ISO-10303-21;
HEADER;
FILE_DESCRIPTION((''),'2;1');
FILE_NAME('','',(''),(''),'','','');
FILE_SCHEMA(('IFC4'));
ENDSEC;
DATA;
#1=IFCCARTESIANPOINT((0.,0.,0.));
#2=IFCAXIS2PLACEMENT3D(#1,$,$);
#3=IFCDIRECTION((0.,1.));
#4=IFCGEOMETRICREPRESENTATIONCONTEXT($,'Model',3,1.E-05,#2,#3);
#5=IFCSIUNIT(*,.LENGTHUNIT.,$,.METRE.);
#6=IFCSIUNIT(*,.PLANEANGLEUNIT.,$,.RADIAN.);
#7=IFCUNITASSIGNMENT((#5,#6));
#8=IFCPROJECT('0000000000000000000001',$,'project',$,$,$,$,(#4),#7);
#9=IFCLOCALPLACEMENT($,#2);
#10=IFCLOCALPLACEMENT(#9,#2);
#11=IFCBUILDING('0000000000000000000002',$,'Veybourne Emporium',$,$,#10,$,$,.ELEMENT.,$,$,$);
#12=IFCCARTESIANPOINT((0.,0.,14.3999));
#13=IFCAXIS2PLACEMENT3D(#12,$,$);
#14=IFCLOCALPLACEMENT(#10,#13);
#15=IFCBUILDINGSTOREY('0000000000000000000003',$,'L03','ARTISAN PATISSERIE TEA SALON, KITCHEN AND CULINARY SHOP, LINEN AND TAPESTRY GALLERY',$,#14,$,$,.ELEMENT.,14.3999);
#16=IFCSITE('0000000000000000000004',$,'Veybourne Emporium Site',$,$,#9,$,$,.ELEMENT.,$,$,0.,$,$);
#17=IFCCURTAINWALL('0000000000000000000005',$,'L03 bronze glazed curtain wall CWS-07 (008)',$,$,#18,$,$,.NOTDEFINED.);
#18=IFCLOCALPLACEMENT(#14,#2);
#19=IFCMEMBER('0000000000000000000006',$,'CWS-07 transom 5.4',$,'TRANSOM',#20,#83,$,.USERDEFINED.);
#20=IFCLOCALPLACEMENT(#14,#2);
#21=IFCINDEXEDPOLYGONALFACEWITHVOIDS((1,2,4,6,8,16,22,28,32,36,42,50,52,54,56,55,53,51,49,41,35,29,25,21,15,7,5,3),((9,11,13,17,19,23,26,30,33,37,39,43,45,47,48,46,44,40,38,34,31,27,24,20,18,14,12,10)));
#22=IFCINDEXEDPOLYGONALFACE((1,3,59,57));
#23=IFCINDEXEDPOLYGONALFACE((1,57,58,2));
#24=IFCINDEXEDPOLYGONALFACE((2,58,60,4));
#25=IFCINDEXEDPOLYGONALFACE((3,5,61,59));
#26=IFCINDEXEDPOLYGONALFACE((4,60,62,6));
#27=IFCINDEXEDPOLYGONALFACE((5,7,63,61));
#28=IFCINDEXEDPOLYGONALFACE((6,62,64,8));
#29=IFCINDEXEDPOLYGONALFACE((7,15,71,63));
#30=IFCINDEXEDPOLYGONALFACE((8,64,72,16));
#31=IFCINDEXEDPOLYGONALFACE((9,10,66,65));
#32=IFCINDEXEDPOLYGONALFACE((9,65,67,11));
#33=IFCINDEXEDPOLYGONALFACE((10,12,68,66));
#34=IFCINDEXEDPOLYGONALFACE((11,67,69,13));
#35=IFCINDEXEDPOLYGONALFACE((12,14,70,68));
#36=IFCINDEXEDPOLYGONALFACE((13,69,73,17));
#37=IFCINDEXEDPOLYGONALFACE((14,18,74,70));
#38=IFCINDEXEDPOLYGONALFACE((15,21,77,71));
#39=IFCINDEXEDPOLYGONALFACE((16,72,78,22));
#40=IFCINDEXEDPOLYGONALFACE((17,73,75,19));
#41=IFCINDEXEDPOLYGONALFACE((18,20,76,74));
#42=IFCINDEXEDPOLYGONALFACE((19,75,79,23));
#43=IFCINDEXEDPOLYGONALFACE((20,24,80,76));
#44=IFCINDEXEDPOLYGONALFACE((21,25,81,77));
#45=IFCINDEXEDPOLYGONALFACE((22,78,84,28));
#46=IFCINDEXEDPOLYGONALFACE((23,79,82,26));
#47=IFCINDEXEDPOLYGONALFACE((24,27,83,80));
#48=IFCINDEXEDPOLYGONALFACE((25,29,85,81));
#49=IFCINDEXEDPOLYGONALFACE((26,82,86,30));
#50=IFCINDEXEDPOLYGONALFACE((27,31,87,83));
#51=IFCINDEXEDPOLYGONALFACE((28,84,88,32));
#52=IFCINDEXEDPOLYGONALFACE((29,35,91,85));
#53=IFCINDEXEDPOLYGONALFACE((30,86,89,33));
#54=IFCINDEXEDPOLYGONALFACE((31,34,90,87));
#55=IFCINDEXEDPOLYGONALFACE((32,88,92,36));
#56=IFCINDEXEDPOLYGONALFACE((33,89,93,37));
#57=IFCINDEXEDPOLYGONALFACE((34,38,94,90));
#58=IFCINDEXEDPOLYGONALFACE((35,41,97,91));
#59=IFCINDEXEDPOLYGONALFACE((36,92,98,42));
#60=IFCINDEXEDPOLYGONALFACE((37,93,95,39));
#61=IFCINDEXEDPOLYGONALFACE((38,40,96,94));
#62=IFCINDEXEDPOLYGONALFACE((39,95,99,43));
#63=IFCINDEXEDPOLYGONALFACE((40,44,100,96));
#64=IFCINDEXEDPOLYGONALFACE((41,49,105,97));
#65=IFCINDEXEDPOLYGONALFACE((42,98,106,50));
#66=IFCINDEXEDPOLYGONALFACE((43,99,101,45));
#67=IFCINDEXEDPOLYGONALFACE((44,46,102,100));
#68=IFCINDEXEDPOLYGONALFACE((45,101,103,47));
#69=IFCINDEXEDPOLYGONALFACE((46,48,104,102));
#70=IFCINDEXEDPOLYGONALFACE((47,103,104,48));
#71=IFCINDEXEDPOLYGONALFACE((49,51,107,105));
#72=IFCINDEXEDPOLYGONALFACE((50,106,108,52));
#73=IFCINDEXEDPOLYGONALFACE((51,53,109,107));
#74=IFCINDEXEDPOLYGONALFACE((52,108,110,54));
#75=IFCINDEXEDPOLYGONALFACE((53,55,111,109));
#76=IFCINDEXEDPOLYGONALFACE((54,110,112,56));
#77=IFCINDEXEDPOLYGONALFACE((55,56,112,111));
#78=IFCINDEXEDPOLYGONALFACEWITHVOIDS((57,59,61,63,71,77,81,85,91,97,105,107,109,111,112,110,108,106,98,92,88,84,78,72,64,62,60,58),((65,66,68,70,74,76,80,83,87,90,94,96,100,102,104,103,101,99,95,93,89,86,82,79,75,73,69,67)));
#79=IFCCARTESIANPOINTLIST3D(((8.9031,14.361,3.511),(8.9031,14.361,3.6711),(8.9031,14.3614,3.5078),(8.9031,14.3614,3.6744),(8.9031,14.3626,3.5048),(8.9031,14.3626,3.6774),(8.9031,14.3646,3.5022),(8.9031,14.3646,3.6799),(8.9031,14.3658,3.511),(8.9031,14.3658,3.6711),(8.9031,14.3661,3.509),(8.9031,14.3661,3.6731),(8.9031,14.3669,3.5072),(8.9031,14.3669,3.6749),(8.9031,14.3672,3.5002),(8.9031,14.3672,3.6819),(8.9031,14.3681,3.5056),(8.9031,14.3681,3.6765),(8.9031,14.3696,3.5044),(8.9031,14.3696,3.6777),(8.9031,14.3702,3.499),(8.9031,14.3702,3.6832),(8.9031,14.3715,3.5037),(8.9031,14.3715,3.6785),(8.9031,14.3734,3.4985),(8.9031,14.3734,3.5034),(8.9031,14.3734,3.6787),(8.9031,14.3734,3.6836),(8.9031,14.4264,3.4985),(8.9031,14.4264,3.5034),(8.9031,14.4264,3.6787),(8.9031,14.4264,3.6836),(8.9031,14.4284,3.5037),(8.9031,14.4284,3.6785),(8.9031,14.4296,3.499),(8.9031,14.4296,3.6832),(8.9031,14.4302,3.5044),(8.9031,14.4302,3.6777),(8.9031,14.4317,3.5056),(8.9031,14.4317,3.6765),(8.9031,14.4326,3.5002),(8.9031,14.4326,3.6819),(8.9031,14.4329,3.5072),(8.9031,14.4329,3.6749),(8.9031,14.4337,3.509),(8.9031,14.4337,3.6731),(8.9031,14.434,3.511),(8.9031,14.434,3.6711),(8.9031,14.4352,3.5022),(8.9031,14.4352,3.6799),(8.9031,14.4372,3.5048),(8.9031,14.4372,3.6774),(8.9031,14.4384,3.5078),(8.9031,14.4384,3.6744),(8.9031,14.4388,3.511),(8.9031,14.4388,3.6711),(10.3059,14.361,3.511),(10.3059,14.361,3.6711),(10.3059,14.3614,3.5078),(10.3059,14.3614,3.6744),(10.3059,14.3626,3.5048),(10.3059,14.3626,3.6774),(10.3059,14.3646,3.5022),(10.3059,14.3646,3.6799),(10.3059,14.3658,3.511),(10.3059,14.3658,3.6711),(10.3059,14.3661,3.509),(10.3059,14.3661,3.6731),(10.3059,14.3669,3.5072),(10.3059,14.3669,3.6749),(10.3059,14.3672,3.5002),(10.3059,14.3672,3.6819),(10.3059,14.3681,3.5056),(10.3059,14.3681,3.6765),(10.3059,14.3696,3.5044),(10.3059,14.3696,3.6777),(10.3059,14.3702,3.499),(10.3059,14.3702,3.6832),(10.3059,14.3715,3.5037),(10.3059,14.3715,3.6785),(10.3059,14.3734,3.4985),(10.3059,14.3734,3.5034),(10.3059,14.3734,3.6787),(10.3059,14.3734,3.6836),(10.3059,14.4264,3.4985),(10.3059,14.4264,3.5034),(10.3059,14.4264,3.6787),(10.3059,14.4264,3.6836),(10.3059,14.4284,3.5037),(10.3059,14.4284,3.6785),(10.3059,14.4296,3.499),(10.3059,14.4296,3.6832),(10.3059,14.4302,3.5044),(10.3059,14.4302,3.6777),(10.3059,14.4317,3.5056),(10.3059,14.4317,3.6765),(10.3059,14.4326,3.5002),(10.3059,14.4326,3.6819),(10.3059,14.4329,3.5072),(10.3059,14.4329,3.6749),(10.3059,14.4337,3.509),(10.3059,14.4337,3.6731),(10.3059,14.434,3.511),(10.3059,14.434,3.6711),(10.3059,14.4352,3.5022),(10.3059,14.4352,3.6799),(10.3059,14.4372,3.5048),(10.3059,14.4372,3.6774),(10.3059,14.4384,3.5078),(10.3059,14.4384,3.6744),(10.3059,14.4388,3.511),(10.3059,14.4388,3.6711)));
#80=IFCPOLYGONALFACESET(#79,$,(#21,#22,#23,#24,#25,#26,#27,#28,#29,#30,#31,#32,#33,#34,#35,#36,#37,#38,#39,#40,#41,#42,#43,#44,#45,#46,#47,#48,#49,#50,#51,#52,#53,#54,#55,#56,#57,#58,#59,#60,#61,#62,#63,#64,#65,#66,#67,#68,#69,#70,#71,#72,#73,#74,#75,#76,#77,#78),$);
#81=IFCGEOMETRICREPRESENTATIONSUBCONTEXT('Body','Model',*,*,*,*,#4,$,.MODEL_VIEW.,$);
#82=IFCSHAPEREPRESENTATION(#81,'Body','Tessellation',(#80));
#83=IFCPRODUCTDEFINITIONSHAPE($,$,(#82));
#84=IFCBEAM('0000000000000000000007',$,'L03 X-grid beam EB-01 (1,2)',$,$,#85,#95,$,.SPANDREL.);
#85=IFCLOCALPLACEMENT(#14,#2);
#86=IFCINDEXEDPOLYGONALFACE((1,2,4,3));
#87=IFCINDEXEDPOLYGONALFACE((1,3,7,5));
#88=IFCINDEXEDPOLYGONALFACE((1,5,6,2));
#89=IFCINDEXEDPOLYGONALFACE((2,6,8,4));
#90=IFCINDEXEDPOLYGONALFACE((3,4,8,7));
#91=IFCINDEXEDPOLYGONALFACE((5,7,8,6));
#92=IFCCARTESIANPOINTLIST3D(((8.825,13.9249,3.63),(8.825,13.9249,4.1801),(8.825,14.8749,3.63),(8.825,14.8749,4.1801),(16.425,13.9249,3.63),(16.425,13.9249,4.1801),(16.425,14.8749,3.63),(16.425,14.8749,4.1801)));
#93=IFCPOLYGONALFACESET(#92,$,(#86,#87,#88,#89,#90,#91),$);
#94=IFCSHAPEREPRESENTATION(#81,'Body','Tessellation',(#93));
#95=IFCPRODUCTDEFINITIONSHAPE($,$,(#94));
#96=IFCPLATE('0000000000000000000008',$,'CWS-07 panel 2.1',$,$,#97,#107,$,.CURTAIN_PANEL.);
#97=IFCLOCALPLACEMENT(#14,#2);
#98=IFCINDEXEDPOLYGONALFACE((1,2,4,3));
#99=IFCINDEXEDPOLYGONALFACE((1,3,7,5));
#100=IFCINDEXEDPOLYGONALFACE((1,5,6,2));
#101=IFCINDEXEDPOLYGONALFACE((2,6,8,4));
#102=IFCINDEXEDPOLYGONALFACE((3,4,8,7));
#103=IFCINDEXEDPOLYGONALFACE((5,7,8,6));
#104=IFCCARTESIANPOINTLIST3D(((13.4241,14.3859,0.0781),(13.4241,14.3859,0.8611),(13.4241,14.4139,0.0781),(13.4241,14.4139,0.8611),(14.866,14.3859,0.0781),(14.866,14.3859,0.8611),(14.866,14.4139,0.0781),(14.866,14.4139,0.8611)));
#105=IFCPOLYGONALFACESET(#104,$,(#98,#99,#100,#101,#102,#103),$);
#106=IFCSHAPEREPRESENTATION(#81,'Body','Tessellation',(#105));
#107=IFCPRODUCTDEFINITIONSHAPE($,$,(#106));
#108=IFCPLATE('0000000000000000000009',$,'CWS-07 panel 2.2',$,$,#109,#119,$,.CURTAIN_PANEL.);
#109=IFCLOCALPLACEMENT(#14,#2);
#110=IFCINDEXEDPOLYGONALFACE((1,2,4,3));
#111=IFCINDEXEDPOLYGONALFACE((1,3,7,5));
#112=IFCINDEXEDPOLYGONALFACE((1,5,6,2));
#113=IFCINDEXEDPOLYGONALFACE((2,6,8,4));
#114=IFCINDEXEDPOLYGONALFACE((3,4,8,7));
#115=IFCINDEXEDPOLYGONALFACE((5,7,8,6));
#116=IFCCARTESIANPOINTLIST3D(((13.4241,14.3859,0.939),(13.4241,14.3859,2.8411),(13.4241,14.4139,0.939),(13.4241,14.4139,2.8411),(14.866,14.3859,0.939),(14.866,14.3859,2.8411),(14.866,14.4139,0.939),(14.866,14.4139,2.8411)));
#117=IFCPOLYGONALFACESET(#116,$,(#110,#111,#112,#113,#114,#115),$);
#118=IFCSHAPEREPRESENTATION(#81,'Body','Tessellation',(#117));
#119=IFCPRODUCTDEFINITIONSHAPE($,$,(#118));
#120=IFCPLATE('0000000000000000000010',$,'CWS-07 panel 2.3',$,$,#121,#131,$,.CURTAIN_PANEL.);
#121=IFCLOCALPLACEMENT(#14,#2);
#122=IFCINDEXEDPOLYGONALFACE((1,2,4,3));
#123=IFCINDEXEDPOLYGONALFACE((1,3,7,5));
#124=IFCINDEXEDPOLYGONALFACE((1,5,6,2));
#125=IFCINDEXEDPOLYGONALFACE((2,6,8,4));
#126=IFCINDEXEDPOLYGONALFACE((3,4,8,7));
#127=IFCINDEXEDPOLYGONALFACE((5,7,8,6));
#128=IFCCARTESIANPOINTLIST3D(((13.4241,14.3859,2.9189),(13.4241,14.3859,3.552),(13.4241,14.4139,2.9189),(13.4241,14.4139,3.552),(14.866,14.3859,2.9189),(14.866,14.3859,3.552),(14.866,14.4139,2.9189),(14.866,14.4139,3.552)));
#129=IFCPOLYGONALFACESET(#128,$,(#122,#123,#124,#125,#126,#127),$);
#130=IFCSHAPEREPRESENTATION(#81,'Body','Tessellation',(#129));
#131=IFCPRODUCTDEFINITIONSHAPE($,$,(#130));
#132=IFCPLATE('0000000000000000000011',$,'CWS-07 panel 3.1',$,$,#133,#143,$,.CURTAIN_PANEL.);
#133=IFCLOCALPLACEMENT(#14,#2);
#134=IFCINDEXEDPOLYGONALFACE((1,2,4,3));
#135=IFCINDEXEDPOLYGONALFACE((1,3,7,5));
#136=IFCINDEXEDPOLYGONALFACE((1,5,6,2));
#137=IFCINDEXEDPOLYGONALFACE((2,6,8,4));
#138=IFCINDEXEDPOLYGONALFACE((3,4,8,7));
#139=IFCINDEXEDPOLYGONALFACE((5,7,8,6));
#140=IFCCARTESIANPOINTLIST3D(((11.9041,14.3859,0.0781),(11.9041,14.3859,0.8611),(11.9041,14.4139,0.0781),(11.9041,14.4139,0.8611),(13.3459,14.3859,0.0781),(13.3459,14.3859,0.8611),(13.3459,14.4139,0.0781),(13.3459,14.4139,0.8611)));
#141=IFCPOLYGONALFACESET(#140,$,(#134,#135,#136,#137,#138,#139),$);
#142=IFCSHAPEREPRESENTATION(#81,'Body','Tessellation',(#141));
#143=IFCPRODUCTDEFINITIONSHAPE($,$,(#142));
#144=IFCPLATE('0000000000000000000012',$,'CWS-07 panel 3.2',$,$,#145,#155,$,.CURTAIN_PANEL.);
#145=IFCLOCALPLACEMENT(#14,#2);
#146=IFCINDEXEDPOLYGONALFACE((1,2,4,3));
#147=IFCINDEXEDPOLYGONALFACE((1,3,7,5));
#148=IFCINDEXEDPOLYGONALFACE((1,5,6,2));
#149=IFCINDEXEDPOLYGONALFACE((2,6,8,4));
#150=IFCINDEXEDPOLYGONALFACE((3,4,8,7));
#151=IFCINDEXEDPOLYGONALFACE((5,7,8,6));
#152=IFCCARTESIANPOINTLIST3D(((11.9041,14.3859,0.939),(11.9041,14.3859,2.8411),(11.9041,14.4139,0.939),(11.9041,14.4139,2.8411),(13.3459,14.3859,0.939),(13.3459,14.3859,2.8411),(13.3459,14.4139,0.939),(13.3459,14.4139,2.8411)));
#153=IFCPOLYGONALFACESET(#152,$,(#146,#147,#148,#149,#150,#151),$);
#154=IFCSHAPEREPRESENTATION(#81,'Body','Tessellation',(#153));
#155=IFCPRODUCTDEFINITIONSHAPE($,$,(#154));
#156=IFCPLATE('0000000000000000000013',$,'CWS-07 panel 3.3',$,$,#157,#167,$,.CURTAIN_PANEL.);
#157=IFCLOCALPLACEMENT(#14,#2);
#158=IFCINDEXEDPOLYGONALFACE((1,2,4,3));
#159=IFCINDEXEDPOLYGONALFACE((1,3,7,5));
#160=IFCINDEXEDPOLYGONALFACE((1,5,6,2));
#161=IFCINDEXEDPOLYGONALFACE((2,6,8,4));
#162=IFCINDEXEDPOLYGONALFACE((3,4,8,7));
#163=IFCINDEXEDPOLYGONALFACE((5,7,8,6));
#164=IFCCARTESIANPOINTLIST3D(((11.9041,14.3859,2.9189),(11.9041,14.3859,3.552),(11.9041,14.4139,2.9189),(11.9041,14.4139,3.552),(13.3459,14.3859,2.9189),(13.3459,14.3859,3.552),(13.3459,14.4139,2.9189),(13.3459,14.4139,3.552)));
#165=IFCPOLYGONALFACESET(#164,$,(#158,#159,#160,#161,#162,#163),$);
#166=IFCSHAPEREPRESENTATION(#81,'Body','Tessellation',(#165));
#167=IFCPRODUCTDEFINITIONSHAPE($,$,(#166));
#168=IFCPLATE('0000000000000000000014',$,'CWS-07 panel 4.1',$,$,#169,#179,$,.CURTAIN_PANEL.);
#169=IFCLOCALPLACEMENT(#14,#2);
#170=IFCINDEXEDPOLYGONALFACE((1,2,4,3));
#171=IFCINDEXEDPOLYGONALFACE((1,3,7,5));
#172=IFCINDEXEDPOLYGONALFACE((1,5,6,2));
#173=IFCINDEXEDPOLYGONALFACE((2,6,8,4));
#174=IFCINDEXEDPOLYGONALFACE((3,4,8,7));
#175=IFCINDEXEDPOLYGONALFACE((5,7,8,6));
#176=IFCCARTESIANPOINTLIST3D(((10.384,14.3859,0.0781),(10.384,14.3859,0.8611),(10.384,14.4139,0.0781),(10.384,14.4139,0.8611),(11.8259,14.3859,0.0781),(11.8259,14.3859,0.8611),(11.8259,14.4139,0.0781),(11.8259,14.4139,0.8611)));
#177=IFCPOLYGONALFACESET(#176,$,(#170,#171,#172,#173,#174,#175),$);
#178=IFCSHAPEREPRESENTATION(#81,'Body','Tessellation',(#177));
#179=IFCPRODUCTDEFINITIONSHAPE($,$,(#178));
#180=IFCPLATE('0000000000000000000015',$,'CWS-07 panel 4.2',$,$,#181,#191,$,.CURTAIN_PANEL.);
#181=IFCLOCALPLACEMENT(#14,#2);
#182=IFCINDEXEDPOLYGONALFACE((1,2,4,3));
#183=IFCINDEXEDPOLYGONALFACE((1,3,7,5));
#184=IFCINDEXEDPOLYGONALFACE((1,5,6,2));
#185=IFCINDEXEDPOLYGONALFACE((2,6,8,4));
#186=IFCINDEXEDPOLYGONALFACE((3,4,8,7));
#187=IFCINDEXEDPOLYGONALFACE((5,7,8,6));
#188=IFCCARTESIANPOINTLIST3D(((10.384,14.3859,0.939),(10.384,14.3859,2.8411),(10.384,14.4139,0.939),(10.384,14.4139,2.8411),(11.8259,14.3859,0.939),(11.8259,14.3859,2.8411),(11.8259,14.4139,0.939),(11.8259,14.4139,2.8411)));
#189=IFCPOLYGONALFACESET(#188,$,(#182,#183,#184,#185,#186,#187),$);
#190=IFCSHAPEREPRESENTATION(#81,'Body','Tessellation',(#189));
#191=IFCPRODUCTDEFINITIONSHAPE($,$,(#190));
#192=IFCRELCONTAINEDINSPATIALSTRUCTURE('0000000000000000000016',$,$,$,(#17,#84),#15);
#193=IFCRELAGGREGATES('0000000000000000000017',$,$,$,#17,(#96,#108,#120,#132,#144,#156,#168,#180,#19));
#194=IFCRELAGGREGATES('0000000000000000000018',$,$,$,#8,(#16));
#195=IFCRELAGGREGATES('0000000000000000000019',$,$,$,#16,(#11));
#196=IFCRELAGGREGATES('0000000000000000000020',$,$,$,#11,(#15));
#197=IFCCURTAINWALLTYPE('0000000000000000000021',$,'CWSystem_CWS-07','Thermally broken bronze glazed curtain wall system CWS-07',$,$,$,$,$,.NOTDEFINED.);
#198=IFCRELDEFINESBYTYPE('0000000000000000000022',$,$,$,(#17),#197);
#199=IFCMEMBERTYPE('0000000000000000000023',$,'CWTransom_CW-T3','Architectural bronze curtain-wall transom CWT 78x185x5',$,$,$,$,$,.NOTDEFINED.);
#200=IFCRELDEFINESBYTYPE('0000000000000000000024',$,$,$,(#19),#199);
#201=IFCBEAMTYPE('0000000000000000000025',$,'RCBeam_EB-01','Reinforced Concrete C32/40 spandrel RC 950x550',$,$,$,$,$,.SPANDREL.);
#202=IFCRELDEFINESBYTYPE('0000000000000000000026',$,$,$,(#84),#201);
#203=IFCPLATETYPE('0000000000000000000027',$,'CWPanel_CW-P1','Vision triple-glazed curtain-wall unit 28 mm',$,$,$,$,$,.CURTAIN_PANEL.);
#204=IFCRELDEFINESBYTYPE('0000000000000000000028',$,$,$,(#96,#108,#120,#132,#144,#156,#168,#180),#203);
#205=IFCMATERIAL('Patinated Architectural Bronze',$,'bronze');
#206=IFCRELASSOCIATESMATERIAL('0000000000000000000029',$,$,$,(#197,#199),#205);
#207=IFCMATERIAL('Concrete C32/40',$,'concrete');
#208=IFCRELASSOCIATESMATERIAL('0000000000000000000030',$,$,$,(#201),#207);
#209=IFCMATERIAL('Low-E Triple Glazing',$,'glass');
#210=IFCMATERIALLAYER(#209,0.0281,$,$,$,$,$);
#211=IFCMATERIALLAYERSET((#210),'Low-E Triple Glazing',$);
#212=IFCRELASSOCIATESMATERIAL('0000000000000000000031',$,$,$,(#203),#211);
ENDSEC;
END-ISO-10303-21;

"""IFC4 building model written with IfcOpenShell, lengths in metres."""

from ifc_helpers import new_model, si_unit, direction, frame, origin, origin_2d, place, context, subcontext, project, spatial, rectangle, hollow_rectangle, extrude, material, layer, layer_set, material_profile, profile_set, type_object, element, aggregate, save


model = new_model("IFC4")

# Units and contexts
model_context = context("Model", 3, precision=1e-05, world=origin(), true_north=direction((0.0, 1.0)))
body_context = subcontext(model_context, "Body", "Model", "MODEL_VIEW")
ifc_project = project(units=[si_unit("LENGTHUNIT", "METRE"), si_unit("PLANEANGLEUNIT", "RADIAN")], contexts=[model_context])

# Site, building, storey
site_placement = place(None, origin())
site = spatial("IfcSite", under=ifc_project, at=site_placement, Name="Veybourne Emporium Site", CompositionType="ELEMENT", RefElevation=0.0)
building_placement = place(site_placement, origin())
building = spatial("IfcBuilding", under=site, at=building_placement, Name="Veybourne Emporium", CompositionType="ELEMENT")
storey_placement = place(building_placement, frame((0.0, 0.0, 14.3999)))
storey = spatial("IfcBuildingStorey", under=building, at=storey_placement, Name="L03", Description="ARTISAN PATISSERIE TEA SALON, KITCHEN AND CULINARY SHOP, LINEN AND TAPESTRY GALLERY", CompositionType="ELEMENT", Elevation=14.3999)

# Shared definitions
ifc_material_1 = material(Name="Patinated Architectural Bronze", Category="bronze")

# Curtain wall, member
curtain_wall_type_1 = type_object("IfcCurtainWallType", Name="CWSystem_CWS-07", Description="Thermally broken bronze glazed curtain wall system CWS-07", PredefinedType="NOTDEFINED", material=ifc_material_1)
curtain_wall_1_placement = place(storey_placement, origin())
curtain_wall_1 = element("IfcCurtainWall", 1, at=curtain_wall_1_placement, inside=storey, type_object=curtain_wall_type_1, Name="L03 bronze glazed curtain wall CWS-07 (008)", PredefinedType="NOTDEFINED")
ifc_material_profile_1 = material_profile(ifc_material_1, hollow_rectangle(XDim=0.0779, YDim=0.1851, WallThickness=0.0049, InnerFilletRadius=0.0076, OuterFilletRadius=0.0125, at=origin_2d()), Name="CWT 78x185x5")
ifc_profile_set_1 = profile_set([ifc_material_profile_1], Name="Patinated Architectural Bronze")
member_type_1 = type_object("IfcMemberType", Name="CWTransom_CW-T3", Description="Architectural bronze curtain-wall transom CWT 78x185x5", PredefinedType="NOTDEFINED", material=ifc_profile_set_1)
member_1_placement = place(storey_placement, frame((10.3059, 14.3999, 3.5911), z_axis=(-1.0, 0.0, 0.0), x_axis=(0.0, -1.0, 0.0)))
member_1 = element("IfcMember", 2, at=member_1_placement, type_object=member_type_1, Name="CWS-07 transom 5.4", ObjectType="TRANSOM", PredefinedType="USERDEFINED", context=body_context, shape_type="SweptSolid", body=[
    extrude(hollow_rectangle(XDim=0.0779, YDim=0.1851, WallThickness=0.0049, InnerFilletRadius=0.0076, OuterFilletRadius=0.0125, at=origin_2d()), origin(), (0.0, 0.0, 1.0), 1.4028),
])

# Beam
ifc_material_2 = material(Name="Concrete C32/40", Category="concrete")
ifc_material_profile_2 = material_profile(ifc_material_2, rectangle(XDim=0.95, YDim=0.55, at=origin_2d()), Name="RC 950x550")
ifc_profile_set_2 = profile_set([ifc_material_profile_2], Name="Concrete C32/40")
beam_type = type_object("IfcBeamType", Name="RCBeam_EB-01", Description="Reinforced Concrete C32/40 spandrel RC 950x550", PredefinedType="SPANDREL", material=ifc_profile_set_2)
beam_placement = place(storey_placement, frame((8.825, 14.3999, 3.905), z_axis=(1.0, 0.0, 0.0), x_axis=(0.0, 1.0, 0.0)))
element("IfcBeam", 3, at=beam_placement, inside=storey, type_object=beam_type, Name="L03 X-grid beam EB-01 (1,2)", PredefinedType="SPANDREL", context=body_context, shape_type="SweptSolid", body=[
    extrude(rectangle(XDim=0.95, YDim=0.55, at=origin_2d()), origin(), (0.0, 0.0, 1.0), 7.6001),
])

# Plates
ifc_material_3 = material(Name="Low-E Triple Glazing", Category="glass")
ifc_layer = layer(ifc_material_3, 0.0281)
ifc_layer_set = layer_set([ifc_layer], Name="Low-E Triple Glazing")
plate_type = type_object("IfcPlateType", Name="CWPanel_CW-P1", Description="Vision triple-glazed curtain-wall unit 28 mm", PredefinedType="CURTAIN_PANEL", material=ifc_layer_set)
plate_1_placement = place(storey_placement, frame((14.145, 14.3999, 0.0781), z_axis=(0.0, 0.0, 1.0), x_axis=(-1.0, 0.0, 0.0)))
plate_1 = element("IfcPlate", 4, at=plate_1_placement, type_object=plate_type, Name="CWS-07 panel 2.1", PredefinedType="CURTAIN_PANEL", context=body_context, shape_type="SweptSolid", body=[
    extrude(rectangle(XDim=1.4419, YDim=0.0281, at=origin_2d()), origin(), (0.0, 0.0, 1.0), 0.783),
])
plate_2_placement = place(storey_placement, frame((14.145, 14.3999, 0.939), z_axis=(0.0, 0.0, 1.0), x_axis=(-1.0, 0.0, 0.0)))
plate_2 = element("IfcPlate", 5, at=plate_2_placement, type_object=plate_type, Name="CWS-07 panel 2.2", PredefinedType="CURTAIN_PANEL", context=body_context, shape_type="SweptSolid", body=[
    extrude(rectangle(XDim=1.4419, YDim=0.0281, at=origin_2d()), origin(), (0.0, 0.0, 1.0), 1.9021),
])
plate_3_placement = place(storey_placement, frame((14.145, 14.3999, 2.9189), z_axis=(0.0, 0.0, 1.0), x_axis=(-1.0, 0.0, 0.0)))
plate_3 = element("IfcPlate", 6, at=plate_3_placement, type_object=plate_type, Name="CWS-07 panel 2.3", PredefinedType="CURTAIN_PANEL", context=body_context, shape_type="SweptSolid", body=[
    extrude(rectangle(XDim=1.4419, YDim=0.0281, at=origin_2d()), origin(), (0.0, 0.0, 1.0), 0.6331),
])
plate_4_placement = place(storey_placement, frame((12.625, 14.3999, 0.0781), z_axis=(0.0, 0.0, 1.0), x_axis=(-1.0, 0.0, 0.0)))
plate_4 = element("IfcPlate", 7, at=plate_4_placement, type_object=plate_type, Name="CWS-07 panel 3.1", PredefinedType="CURTAIN_PANEL", context=body_context, shape_type="SweptSolid", body=[
    extrude(rectangle(XDim=1.4419, YDim=0.0281, at=origin_2d()), origin(), (0.0, 0.0, 1.0), 0.783),
])
plate_5_placement = place(storey_placement, frame((12.625, 14.3999, 0.939), z_axis=(0.0, 0.0, 1.0), x_axis=(-1.0, 0.0, 0.0)))
plate_5 = element("IfcPlate", 8, at=plate_5_placement, type_object=plate_type, Name="CWS-07 panel 3.2", PredefinedType="CURTAIN_PANEL", context=body_context, shape_type="SweptSolid", body=[
    extrude(rectangle(XDim=1.4419, YDim=0.0281, at=origin_2d()), origin(), (0.0, 0.0, 1.0), 1.9021),
])
plate_6_placement = place(storey_placement, frame((12.625, 14.3999, 2.9189), z_axis=(0.0, 0.0, 1.0), x_axis=(-1.0, 0.0, 0.0)))
plate_6 = element("IfcPlate", 9, at=plate_6_placement, type_object=plate_type, Name="CWS-07 panel 3.3", PredefinedType="CURTAIN_PANEL", context=body_context, shape_type="SweptSolid", body=[
    extrude(rectangle(XDim=1.4419, YDim=0.0281, at=origin_2d()), origin(), (0.0, 0.0, 1.0), 0.6331),
])
plate_7_placement = place(storey_placement, frame((11.105, 14.3999, 0.0781), z_axis=(0.0, 0.0, 1.0), x_axis=(-1.0, 0.0, 0.0)))
plate_7 = element("IfcPlate", 10, at=plate_7_placement, type_object=plate_type, Name="CWS-07 panel 4.1", PredefinedType="CURTAIN_PANEL", context=body_context, shape_type="SweptSolid", body=[
    extrude(rectangle(XDim=1.4419, YDim=0.0281, at=origin_2d()), origin(), (0.0, 0.0, 1.0), 0.783),
])
plate_8_placement = place(storey_placement, frame((11.105, 14.3999, 0.939), z_axis=(0.0, 0.0, 1.0), x_axis=(-1.0, 0.0, 0.0)))
plate_8 = element("IfcPlate", 11, at=plate_8_placement, type_object=plate_type, Name="CWS-07 panel 4.2", PredefinedType="CURTAIN_PANEL", context=body_context, shape_type="SweptSolid", body=[
    extrude(rectangle(XDim=1.4419, YDim=0.0281, at=origin_2d()), origin(), (0.0, 0.0, 1.0), 1.9021),
])
aggregate(curtain_wall_1, [plate_1, plate_2, plate_3, plate_4, plate_5, plate_6, plate_7, plate_8, member_1])

save(model, "model.ifc")
